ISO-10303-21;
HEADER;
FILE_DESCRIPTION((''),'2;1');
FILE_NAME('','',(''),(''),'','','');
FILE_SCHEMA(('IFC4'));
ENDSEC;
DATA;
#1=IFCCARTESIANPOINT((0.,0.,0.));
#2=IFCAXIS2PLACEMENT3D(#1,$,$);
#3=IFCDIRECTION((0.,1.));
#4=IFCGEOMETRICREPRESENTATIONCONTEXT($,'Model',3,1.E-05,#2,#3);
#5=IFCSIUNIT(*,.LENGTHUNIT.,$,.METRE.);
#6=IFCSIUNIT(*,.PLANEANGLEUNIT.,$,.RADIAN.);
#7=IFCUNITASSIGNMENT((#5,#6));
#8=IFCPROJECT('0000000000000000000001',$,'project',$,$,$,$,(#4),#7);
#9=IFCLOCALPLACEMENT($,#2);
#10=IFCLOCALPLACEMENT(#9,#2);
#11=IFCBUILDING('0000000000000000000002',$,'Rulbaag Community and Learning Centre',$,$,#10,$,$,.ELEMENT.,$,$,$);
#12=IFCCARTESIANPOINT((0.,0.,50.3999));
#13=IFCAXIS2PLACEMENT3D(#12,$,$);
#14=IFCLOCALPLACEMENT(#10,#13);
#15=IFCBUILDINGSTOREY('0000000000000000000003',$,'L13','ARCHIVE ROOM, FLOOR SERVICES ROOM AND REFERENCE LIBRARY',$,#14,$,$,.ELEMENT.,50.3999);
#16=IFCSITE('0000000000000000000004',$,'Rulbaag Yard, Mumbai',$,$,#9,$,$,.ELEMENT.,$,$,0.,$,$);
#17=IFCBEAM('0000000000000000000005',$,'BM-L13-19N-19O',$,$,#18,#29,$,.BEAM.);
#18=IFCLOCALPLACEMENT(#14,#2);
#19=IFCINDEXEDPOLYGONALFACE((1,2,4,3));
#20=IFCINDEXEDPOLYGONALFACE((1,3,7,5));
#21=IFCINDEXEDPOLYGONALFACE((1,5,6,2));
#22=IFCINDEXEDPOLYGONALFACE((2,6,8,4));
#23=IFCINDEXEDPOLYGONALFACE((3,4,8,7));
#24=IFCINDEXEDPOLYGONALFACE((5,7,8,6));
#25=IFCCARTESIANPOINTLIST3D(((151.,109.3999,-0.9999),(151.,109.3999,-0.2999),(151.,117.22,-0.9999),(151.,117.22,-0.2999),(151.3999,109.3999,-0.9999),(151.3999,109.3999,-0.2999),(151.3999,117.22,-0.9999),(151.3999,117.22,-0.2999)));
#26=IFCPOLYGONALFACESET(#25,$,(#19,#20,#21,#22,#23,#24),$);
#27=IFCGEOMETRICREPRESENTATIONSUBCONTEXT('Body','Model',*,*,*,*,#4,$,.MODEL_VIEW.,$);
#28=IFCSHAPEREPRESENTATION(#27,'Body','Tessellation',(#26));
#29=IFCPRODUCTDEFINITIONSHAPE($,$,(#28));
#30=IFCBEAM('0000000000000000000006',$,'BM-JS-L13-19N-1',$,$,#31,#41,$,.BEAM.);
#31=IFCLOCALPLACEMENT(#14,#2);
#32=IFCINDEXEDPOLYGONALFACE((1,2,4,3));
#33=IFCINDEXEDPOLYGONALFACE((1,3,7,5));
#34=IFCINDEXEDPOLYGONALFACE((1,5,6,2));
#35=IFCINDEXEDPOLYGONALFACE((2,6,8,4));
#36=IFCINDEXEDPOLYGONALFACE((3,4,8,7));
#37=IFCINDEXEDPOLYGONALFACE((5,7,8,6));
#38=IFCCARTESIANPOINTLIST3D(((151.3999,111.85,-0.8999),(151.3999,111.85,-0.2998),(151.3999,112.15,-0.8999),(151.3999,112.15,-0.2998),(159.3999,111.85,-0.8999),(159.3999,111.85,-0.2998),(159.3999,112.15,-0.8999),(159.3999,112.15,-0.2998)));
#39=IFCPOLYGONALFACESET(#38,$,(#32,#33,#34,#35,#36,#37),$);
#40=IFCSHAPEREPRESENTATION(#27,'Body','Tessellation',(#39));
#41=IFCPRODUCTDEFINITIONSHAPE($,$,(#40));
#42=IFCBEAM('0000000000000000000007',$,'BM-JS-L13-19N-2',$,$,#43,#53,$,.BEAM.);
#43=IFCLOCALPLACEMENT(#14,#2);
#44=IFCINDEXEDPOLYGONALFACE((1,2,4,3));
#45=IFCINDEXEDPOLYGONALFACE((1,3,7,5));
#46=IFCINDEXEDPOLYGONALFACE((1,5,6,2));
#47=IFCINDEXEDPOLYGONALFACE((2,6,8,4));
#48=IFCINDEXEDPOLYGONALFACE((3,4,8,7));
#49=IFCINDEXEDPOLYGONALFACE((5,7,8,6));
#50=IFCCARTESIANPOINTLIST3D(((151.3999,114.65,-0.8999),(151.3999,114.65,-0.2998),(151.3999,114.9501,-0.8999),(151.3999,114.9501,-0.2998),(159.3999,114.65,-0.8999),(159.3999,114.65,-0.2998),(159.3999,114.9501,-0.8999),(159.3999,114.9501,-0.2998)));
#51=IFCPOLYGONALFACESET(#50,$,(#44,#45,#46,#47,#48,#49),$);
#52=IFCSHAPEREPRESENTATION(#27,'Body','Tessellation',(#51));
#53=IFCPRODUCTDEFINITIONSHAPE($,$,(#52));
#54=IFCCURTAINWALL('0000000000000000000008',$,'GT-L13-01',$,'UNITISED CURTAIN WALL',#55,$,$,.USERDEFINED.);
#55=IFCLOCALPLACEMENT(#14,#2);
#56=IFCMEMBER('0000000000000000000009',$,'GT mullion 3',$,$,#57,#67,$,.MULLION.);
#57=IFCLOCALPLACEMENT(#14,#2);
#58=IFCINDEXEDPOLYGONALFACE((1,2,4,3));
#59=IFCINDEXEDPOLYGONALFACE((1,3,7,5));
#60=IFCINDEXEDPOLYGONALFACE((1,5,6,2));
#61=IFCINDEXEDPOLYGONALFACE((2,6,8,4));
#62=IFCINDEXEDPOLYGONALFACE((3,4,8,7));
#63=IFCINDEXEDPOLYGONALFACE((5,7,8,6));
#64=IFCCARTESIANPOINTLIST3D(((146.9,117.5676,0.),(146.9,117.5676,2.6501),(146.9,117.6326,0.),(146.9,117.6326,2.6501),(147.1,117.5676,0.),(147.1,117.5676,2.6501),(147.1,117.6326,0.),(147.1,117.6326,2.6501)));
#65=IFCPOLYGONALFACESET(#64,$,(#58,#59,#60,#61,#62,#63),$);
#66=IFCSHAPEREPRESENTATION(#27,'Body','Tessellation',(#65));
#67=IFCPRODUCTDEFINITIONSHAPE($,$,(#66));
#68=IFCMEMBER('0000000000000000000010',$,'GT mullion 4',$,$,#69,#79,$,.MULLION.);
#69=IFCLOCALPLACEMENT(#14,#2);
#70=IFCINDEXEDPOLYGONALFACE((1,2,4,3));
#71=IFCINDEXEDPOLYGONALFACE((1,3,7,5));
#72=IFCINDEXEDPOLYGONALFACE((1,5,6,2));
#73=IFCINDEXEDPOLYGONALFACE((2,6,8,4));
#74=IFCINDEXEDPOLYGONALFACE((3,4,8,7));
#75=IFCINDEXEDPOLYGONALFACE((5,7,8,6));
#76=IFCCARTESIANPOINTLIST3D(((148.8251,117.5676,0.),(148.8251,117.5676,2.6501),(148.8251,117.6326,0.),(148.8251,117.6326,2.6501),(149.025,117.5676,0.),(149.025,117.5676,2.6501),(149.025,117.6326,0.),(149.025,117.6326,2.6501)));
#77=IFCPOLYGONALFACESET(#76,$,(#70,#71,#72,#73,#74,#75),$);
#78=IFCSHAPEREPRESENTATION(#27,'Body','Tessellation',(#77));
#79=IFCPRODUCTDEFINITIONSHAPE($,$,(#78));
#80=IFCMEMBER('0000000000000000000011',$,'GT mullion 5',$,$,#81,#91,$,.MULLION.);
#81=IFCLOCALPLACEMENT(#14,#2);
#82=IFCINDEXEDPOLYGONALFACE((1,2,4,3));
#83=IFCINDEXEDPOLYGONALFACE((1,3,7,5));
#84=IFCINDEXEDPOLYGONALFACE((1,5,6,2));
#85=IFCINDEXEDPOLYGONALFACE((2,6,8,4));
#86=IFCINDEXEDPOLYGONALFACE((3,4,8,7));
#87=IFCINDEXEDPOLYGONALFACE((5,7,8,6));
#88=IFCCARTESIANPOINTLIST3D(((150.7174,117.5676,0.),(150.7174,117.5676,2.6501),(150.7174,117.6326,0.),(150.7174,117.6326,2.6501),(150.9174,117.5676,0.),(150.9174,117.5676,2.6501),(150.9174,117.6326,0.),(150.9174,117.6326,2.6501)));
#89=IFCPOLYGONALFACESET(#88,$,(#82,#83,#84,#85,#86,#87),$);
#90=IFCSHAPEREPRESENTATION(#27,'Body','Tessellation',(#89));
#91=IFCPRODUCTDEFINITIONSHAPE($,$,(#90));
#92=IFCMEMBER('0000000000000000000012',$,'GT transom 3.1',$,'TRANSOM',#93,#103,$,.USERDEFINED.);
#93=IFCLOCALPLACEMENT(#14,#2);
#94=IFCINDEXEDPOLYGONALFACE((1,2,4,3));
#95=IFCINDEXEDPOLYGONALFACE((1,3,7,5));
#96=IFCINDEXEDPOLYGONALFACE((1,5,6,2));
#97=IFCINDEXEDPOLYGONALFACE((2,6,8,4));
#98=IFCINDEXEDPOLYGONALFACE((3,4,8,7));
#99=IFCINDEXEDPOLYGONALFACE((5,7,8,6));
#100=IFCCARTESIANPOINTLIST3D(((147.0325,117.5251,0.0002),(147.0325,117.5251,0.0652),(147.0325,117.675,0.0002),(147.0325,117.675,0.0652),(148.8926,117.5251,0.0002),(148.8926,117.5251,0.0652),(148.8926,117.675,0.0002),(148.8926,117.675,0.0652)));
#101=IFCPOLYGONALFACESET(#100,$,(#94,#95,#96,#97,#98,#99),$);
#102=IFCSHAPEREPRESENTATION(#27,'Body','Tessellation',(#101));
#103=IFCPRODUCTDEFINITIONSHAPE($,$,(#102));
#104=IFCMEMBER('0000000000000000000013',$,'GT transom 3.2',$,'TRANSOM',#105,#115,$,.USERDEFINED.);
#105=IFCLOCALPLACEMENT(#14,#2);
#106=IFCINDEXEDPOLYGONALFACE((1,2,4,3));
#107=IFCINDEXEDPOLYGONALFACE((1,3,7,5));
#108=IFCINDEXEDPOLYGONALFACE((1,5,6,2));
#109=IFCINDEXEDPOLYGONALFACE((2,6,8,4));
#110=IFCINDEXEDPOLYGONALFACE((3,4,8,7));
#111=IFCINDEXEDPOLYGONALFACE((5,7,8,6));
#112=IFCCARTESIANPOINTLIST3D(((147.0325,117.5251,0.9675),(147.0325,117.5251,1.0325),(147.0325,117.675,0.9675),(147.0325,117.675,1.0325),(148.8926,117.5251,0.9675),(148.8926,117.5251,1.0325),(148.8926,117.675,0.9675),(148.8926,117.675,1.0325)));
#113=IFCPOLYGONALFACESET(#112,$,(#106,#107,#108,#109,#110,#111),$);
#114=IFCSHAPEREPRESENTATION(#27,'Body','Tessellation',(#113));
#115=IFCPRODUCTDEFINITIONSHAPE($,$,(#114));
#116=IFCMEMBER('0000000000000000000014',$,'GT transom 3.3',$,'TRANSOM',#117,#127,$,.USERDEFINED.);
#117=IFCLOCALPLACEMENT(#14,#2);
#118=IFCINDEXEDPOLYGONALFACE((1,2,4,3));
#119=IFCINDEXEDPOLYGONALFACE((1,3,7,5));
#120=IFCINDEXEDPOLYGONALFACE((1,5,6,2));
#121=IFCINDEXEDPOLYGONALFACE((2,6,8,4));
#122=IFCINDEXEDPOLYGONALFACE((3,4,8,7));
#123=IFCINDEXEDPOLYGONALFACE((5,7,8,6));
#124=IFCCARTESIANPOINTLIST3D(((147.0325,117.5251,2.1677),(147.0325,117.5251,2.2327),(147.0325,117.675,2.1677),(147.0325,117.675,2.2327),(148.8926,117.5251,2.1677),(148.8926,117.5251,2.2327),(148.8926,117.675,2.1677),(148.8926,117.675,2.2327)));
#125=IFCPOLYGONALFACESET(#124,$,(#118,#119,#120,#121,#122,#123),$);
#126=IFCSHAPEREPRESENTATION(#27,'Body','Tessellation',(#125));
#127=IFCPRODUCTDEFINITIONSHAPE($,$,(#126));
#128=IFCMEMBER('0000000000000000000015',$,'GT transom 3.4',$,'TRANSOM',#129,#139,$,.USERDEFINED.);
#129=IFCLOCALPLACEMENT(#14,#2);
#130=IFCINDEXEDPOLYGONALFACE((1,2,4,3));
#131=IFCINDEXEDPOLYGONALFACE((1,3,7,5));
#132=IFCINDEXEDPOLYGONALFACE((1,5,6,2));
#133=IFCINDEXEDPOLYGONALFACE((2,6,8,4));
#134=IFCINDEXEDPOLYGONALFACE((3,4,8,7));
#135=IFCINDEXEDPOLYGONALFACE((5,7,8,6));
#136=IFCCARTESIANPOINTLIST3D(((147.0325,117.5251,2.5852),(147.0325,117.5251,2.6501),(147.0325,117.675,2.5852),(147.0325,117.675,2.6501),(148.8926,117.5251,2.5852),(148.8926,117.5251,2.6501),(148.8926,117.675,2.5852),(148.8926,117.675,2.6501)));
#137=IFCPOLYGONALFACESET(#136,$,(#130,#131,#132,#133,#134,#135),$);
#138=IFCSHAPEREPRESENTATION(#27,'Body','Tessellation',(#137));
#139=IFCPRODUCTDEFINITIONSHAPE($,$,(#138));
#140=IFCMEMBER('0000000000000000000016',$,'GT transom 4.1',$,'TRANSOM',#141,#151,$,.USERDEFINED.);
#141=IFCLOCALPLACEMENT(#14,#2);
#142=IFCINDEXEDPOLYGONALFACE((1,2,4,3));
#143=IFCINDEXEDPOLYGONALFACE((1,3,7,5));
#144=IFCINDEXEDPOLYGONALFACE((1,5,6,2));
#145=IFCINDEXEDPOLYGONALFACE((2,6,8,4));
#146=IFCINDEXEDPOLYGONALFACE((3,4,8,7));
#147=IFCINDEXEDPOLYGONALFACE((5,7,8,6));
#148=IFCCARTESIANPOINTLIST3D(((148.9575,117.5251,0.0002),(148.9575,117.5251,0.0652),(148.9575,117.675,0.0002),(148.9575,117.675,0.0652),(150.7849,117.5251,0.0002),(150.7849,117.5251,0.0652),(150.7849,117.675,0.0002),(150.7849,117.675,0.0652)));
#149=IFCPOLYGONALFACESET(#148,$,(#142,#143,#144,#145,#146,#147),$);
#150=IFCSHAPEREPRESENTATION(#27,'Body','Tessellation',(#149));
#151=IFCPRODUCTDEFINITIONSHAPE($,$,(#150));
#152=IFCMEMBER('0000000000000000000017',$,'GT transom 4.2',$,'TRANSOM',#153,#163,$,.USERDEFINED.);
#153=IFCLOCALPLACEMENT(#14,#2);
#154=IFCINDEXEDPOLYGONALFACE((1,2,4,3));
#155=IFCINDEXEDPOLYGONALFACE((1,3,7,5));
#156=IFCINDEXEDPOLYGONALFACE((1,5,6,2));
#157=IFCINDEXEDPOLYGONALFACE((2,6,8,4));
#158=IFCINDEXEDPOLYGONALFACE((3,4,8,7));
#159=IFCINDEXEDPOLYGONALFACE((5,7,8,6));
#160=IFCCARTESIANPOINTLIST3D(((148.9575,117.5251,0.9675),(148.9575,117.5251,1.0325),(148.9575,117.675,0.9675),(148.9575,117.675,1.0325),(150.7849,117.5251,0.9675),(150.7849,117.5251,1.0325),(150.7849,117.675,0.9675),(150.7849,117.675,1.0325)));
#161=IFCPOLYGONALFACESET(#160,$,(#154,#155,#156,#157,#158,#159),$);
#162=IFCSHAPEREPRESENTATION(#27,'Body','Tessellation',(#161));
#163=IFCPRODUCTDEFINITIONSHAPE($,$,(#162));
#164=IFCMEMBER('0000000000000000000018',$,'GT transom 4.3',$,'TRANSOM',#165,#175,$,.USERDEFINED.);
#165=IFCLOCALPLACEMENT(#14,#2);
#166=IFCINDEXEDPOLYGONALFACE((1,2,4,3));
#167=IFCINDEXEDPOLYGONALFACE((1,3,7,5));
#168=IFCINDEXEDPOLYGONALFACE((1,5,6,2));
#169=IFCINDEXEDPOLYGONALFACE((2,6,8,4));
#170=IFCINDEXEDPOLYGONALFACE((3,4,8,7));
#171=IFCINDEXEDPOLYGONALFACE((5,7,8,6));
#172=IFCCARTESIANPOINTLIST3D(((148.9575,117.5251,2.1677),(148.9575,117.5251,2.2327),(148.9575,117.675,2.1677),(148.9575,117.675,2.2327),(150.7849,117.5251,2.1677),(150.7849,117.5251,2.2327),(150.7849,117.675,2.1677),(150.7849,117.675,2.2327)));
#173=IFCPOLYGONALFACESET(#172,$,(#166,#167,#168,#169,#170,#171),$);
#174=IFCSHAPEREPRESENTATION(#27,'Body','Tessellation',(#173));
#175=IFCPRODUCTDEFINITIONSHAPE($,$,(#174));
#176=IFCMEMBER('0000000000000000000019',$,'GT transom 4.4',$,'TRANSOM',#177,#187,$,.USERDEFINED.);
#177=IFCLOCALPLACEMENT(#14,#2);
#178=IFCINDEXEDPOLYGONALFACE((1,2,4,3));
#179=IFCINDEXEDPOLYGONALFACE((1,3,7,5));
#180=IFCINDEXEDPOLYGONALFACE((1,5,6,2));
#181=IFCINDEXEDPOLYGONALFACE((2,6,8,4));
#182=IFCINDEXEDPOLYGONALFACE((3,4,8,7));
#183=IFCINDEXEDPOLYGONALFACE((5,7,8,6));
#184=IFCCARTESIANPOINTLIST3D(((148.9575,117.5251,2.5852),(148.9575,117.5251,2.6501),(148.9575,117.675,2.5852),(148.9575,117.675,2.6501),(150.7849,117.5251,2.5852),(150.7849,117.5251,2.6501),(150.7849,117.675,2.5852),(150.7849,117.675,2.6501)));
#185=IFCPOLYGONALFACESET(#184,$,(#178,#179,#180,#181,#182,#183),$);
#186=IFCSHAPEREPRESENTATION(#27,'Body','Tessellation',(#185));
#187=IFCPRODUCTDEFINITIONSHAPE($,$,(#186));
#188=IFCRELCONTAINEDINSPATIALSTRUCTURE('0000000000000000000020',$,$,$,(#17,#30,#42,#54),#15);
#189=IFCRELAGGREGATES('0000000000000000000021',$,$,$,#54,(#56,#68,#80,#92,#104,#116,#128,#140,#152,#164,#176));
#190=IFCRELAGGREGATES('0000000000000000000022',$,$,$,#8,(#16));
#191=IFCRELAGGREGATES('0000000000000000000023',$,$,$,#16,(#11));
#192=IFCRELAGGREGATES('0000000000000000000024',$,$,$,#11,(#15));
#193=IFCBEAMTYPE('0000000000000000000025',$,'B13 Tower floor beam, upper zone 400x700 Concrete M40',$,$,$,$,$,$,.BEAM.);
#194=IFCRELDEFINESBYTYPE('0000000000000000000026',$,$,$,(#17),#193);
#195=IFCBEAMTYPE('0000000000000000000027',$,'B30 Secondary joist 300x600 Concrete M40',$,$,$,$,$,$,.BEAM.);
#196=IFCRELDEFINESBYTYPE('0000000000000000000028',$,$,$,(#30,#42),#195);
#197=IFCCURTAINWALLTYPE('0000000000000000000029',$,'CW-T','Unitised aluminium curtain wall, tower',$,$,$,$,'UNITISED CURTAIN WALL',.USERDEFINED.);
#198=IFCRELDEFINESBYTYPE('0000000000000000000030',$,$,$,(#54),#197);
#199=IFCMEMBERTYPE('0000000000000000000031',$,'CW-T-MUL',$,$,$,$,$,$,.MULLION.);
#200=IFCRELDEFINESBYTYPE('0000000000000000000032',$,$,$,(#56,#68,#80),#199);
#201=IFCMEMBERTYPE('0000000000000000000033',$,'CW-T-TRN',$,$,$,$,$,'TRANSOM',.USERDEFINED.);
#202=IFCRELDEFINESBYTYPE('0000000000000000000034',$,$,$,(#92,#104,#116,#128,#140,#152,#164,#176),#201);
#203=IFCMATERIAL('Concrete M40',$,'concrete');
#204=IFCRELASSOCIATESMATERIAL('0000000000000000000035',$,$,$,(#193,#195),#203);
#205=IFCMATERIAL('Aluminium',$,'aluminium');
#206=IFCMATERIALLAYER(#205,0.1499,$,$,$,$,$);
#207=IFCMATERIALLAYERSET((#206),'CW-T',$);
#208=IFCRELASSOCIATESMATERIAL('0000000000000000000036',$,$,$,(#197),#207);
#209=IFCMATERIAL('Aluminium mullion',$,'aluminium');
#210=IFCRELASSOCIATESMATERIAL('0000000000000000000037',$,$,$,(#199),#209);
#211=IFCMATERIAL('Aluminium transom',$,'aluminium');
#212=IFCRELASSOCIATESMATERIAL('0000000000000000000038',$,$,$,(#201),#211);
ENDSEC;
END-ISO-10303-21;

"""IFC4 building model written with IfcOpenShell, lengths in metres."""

from ifc_helpers import new_model, si_unit, direction, frame, origin, origin_2d, place, context, subcontext, project, spatial, rectangle, extrude, material, layer, layer_set, material_profile, profile_set, type_object, element, aggregate, save


model = new_model("IFC4")

# Units and contexts
model_context = context("Model", 3, precision=1e-05, world=origin(), true_north=direction((0.0, 1.0)))
body_context = subcontext(model_context, "Body", "Model", "MODEL_VIEW")
ifc_project = project(units=[si_unit("LENGTHUNIT", "METRE"), si_unit("PLANEANGLEUNIT", "RADIAN")], contexts=[model_context])

# Site, building, storey
site_placement = place(None, origin())
site = spatial("IfcSite", under=ifc_project, at=site_placement, Name="Rulbaag Yard, Mumbai", CompositionType="ELEMENT", RefElevation=0.0)
building_placement = place(site_placement, origin())
building = spatial("IfcBuilding", under=site, at=building_placement, Name="Rulbaag Community and Learning Centre", CompositionType="ELEMENT")
storey_placement = place(building_placement, frame((0.0, 0.0, 50.3999)))
storey = spatial("IfcBuildingStorey", under=building, at=storey_placement, Name="L13", Description="ARCHIVE ROOM, FLOOR SERVICES ROOM AND REFERENCE LIBRARY", CompositionType="ELEMENT", Elevation=50.3999)

# Beams
ifc_material_1 = material(Name="Concrete M40", Category="concrete")
ifc_material_profile_1 = material_profile(ifc_material_1, rectangle(XDim=0.3999, YDim=0.7, at=origin_2d()), Name="RB400x700")
ifc_profile_set_1 = profile_set([ifc_material_profile_1], Name="Concrete M40")
beam_type_1 = type_object("IfcBeamType", Name="B13 Tower floor beam, upper zone 400x700 Concrete M40", PredefinedType="BEAM", material=ifc_profile_set_1)
beam_placement = place(storey_placement, frame((151.2, 109.3999, -0.6499), z_axis=(0.0, 1.0, 0.0), x_axis=(-1.0, 0.0, 0.0)))
element("IfcBeam", 1, at=beam_placement, inside=storey, type_object=beam_type_1, Name="BM-L13-19N-19O", PredefinedType="BEAM", context=body_context, shape_type="SweptSolid", body=[
    extrude(rectangle(XDim=0.3999, YDim=0.7, at=origin_2d()), origin(), (0.0, 0.0, 1.0), 7.8201),
])
ifc_material_profile_2 = material_profile(ifc_material_1, rectangle(XDim=0.3, YDim=0.6001, at=origin_2d()), Name="RB300x600")
ifc_profile_set_2 = profile_set([ifc_material_profile_2], Name="Concrete M40")
beam_type_2 = type_object("IfcBeamType", Name="B30 Secondary joist 300x600 Concrete M40", PredefinedType="BEAM", material=ifc_profile_set_2)
for number, where, z_axis, x_axis, name in (
    (2, (151.3999, 112.0, -0.5999), (1.0, 0.0, 0.0), (0.0, 1.0, 0.0), "BM-JS-L13-19N-1"),
    (3, (151.3999, 114.8, -0.5999), (1.0, 0.0, 0.0), (0.0, 1.0, 0.0), "BM-JS-L13-19N-2"),
):
    element("IfcBeam", number, at=place(storey_placement, frame(where, z_axis=z_axis, x_axis=x_axis)), inside=storey, type_object=beam_type_2, Name=name, PredefinedType="BEAM", context=body_context, shape_type="SweptSolid", body=[
        extrude(rectangle(XDim=0.3, YDim=0.6001, at=origin_2d()), origin(), (0.0, 0.0, 1.0), 8.0),
    ])

# Curtain wall, members
ifc_material_2 = material(Name="Aluminium", Category="aluminium")
ifc_layer_1 = layer(ifc_material_2, 0.1499)
ifc_layer_set_1 = layer_set([ifc_layer_1], Name="CW-T")
curtain_wall_type = type_object("IfcCurtainWallType", Name="CW-T", Description="Unitised aluminium curtain wall, tower", ElementType="UNITISED CURTAIN WALL", PredefinedType="USERDEFINED", material=ifc_layer_set_1)
curtain_wall_placement = place(storey_placement, origin())
curtain_wall = element("IfcCurtainWall", 4, at=curtain_wall_placement, inside=storey, type_object=curtain_wall_type, Name="GT-L13-01", ObjectType="UNITISED CURTAIN WALL", PredefinedType="USERDEFINED")
ifc_material_3 = material(Name="Aluminium mullion", Category="aluminium")
ifc_material_profile_3 = material_profile(ifc_material_3, rectangle(XDim=0.0649, YDim=0.2, at=origin_2d()), Name="AL 65x200")
ifc_profile_set_3 = profile_set([ifc_material_profile_3], Name="Aluminium mullion")
member_type_1 = type_object("IfcMemberType", Name="CW-T-MUL", PredefinedType="MULLION", material=ifc_profile_set_3)
member_1_placement = place(storey_placement, frame((147.0, 117.6001, 0.0), z_axis=(0.0, 0.0, 1.0), x_axis=(0.0, 1.0, 0.0)))
member_1 = element("IfcMember", 5, at=member_1_placement, type_object=member_type_1, Name="GT mullion 3", PredefinedType="MULLION", context=body_context, shape_type="SweptSolid", body=[
    extrude(rectangle(XDim=0.0649, YDim=0.2, at=origin_2d()), origin(), (0.0, 0.0, 1.0), 2.6501),
])
member_2_placement = place(storey_placement, frame((148.925, 117.6001, 0.0), z_axis=(0.0, 0.0, 1.0), x_axis=(0.0, 1.0, 0.0)))
member_2 = element("IfcMember", 6, at=member_2_placement, type_object=member_type_1, Name="GT mullion 4", PredefinedType="MULLION", context=body_context, shape_type="SweptSolid", body=[
    extrude(rectangle(XDim=0.0649, YDim=0.2, at=origin_2d()), origin(), (0.0, 0.0, 1.0), 2.6501),
])
member_3_placement = place(storey_placement, frame((150.8174, 117.6001, 0.0), z_axis=(0.0, 0.0, 1.0), x_axis=(0.0, 1.0, 0.0)))
member_3 = element("IfcMember", 7, at=member_3_placement, type_object=member_type_1, Name="GT mullion 5", PredefinedType="MULLION", context=body_context, shape_type="SweptSolid", body=[
    extrude(rectangle(XDim=0.0649, YDim=0.2, at=origin_2d()), origin(), (0.0, 0.0, 1.0), 2.6501),
])
ifc_material_4 = material(Name="Aluminium transom", Category="aluminium")
ifc_material_profile_4 = material_profile(ifc_material_4, rectangle(XDim=0.1499, YDim=0.0649, at=origin_2d()), Name="AL 65x150 T")
ifc_profile_set_4 = profile_set([ifc_material_profile_4], Name="Aluminium transom")
member_type_2 = type_object("IfcMemberType", Name="CW-T-TRN", ElementType="TRANSOM", PredefinedType="USERDEFINED", material=ifc_profile_set_4)
member_4_placement = place(storey_placement, frame((147.0325, 117.6001, 0.0327), z_axis=(1.0, 0.0, 0.0), x_axis=(0.0, 1.0, 0.0)))
member_4 = element("IfcMember", 8, at=member_4_placement, type_object=member_type_2, Name="GT transom 3.1", ObjectType="TRANSOM", PredefinedType="USERDEFINED", context=body_context, shape_type="SweptSolid", body=[
    extrude(rectangle(XDim=0.1499, YDim=0.0649, at=origin_2d()), origin(), (0.0, 0.0, 1.0), 1.8601),
])
member_5_placement = place(storey_placement, frame((147.0325, 117.6001, 1.0), z_axis=(1.0, 0.0, 0.0), x_axis=(0.0, 1.0, 0.0)))
member_5 = element("IfcMember", 9, at=member_5_placement, type_object=member_type_2, Name="GT transom 3.2", ObjectType="TRANSOM", PredefinedType="USERDEFINED", context=body_context, shape_type="SweptSolid", body=[
    extrude(rectangle(XDim=0.1499, YDim=0.0649, at=origin_2d()), origin(), (0.0, 0.0, 1.0), 1.8601),
])
member_6_placement = place(storey_placement, frame((147.0325, 117.6001, 2.2002), z_axis=(1.0, 0.0, 0.0), x_axis=(0.0, 1.0, 0.0)))
member_6 = element("IfcMember", 10, at=member_6_placement, type_object=member_type_2, Name="GT transom 3.3", ObjectType="TRANSOM", PredefinedType="USERDEFINED", context=body_context, shape_type="SweptSolid", body=[
    extrude(rectangle(XDim=0.1499, YDim=0.0649, at=origin_2d()), origin(), (0.0, 0.0, 1.0), 1.8601),
])
member_7_placement = place(storey_placement, frame((147.0325, 117.6001, 2.6177), z_axis=(1.0, 0.0, 0.0), x_axis=(0.0, 1.0, 0.0)))
member_7 = element("IfcMember", 11, at=member_7_placement, type_object=member_type_2, Name="GT transom 3.4", ObjectType="TRANSOM", PredefinedType="USERDEFINED", context=body_context, shape_type="SweptSolid", body=[
    extrude(rectangle(XDim=0.1499, YDim=0.0649, at=origin_2d()), origin(), (0.0, 0.0, 1.0), 1.8601),
])
member_8_placement = place(storey_placement, frame((148.9575, 117.6001, 0.0327), z_axis=(1.0, 0.0, 0.0), x_axis=(0.0, 1.0, 0.0)))
member_8 = element("IfcMember", 12, at=member_8_placement, type_object=member_type_2, Name="GT transom 4.1", ObjectType="TRANSOM", PredefinedType="USERDEFINED", context=body_context, shape_type="SweptSolid", body=[
    extrude(rectangle(XDim=0.1499, YDim=0.0649, at=origin_2d()), origin(), (0.0, 0.0, 1.0), 1.8274),
])
member_9_placement = place(storey_placement, frame((148.9575, 117.6001, 1.0), z_axis=(1.0, 0.0, 0.0), x_axis=(0.0, 1.0, 0.0)))
member_9 = element("IfcMember", 13, at=member_9_placement, type_object=member_type_2, Name="GT transom 4.2", ObjectType="TRANSOM", PredefinedType="USERDEFINED", context=body_context, shape_type="SweptSolid", body=[
    extrude(rectangle(XDim=0.1499, YDim=0.0649, at=origin_2d()), origin(), (0.0, 0.0, 1.0), 1.8274),
])
member_10_placement = place(storey_placement, frame((148.9575, 117.6001, 2.2002), z_axis=(1.0, 0.0, 0.0), x_axis=(0.0, 1.0, 0.0)))
member_10 = element("IfcMember", 14, at=member_10_placement, type_object=member_type_2, Name="GT transom 4.3", ObjectType="TRANSOM", PredefinedType="USERDEFINED", context=body_context, shape_type="SweptSolid", body=[
    extrude(rectangle(XDim=0.1499, YDim=0.0649, at=origin_2d()), origin(), (0.0, 0.0, 1.0), 1.8274),
])
member_11_placement = place(storey_placement, frame((148.9575, 117.6001, 2.6177), z_axis=(1.0, 0.0, 0.0), x_axis=(0.0, 1.0, 0.0)))
member_11 = element("IfcMember", 15, at=member_11_placement, type_object=member_type_2, Name="GT transom 4.4", ObjectType="TRANSOM", PredefinedType="USERDEFINED", context=body_context, shape_type="SweptSolid", body=[
    extrude(rectangle(XDim=0.1499, YDim=0.0649, at=origin_2d()), origin(), (0.0, 0.0, 1.0), 1.8274),
])
aggregate(curtain_wall, [member_1, member_2, member_3, member_4, member_5, member_6, member_7, member_8, member_9, member_10, member_11])

save(model, "model.ifc")
